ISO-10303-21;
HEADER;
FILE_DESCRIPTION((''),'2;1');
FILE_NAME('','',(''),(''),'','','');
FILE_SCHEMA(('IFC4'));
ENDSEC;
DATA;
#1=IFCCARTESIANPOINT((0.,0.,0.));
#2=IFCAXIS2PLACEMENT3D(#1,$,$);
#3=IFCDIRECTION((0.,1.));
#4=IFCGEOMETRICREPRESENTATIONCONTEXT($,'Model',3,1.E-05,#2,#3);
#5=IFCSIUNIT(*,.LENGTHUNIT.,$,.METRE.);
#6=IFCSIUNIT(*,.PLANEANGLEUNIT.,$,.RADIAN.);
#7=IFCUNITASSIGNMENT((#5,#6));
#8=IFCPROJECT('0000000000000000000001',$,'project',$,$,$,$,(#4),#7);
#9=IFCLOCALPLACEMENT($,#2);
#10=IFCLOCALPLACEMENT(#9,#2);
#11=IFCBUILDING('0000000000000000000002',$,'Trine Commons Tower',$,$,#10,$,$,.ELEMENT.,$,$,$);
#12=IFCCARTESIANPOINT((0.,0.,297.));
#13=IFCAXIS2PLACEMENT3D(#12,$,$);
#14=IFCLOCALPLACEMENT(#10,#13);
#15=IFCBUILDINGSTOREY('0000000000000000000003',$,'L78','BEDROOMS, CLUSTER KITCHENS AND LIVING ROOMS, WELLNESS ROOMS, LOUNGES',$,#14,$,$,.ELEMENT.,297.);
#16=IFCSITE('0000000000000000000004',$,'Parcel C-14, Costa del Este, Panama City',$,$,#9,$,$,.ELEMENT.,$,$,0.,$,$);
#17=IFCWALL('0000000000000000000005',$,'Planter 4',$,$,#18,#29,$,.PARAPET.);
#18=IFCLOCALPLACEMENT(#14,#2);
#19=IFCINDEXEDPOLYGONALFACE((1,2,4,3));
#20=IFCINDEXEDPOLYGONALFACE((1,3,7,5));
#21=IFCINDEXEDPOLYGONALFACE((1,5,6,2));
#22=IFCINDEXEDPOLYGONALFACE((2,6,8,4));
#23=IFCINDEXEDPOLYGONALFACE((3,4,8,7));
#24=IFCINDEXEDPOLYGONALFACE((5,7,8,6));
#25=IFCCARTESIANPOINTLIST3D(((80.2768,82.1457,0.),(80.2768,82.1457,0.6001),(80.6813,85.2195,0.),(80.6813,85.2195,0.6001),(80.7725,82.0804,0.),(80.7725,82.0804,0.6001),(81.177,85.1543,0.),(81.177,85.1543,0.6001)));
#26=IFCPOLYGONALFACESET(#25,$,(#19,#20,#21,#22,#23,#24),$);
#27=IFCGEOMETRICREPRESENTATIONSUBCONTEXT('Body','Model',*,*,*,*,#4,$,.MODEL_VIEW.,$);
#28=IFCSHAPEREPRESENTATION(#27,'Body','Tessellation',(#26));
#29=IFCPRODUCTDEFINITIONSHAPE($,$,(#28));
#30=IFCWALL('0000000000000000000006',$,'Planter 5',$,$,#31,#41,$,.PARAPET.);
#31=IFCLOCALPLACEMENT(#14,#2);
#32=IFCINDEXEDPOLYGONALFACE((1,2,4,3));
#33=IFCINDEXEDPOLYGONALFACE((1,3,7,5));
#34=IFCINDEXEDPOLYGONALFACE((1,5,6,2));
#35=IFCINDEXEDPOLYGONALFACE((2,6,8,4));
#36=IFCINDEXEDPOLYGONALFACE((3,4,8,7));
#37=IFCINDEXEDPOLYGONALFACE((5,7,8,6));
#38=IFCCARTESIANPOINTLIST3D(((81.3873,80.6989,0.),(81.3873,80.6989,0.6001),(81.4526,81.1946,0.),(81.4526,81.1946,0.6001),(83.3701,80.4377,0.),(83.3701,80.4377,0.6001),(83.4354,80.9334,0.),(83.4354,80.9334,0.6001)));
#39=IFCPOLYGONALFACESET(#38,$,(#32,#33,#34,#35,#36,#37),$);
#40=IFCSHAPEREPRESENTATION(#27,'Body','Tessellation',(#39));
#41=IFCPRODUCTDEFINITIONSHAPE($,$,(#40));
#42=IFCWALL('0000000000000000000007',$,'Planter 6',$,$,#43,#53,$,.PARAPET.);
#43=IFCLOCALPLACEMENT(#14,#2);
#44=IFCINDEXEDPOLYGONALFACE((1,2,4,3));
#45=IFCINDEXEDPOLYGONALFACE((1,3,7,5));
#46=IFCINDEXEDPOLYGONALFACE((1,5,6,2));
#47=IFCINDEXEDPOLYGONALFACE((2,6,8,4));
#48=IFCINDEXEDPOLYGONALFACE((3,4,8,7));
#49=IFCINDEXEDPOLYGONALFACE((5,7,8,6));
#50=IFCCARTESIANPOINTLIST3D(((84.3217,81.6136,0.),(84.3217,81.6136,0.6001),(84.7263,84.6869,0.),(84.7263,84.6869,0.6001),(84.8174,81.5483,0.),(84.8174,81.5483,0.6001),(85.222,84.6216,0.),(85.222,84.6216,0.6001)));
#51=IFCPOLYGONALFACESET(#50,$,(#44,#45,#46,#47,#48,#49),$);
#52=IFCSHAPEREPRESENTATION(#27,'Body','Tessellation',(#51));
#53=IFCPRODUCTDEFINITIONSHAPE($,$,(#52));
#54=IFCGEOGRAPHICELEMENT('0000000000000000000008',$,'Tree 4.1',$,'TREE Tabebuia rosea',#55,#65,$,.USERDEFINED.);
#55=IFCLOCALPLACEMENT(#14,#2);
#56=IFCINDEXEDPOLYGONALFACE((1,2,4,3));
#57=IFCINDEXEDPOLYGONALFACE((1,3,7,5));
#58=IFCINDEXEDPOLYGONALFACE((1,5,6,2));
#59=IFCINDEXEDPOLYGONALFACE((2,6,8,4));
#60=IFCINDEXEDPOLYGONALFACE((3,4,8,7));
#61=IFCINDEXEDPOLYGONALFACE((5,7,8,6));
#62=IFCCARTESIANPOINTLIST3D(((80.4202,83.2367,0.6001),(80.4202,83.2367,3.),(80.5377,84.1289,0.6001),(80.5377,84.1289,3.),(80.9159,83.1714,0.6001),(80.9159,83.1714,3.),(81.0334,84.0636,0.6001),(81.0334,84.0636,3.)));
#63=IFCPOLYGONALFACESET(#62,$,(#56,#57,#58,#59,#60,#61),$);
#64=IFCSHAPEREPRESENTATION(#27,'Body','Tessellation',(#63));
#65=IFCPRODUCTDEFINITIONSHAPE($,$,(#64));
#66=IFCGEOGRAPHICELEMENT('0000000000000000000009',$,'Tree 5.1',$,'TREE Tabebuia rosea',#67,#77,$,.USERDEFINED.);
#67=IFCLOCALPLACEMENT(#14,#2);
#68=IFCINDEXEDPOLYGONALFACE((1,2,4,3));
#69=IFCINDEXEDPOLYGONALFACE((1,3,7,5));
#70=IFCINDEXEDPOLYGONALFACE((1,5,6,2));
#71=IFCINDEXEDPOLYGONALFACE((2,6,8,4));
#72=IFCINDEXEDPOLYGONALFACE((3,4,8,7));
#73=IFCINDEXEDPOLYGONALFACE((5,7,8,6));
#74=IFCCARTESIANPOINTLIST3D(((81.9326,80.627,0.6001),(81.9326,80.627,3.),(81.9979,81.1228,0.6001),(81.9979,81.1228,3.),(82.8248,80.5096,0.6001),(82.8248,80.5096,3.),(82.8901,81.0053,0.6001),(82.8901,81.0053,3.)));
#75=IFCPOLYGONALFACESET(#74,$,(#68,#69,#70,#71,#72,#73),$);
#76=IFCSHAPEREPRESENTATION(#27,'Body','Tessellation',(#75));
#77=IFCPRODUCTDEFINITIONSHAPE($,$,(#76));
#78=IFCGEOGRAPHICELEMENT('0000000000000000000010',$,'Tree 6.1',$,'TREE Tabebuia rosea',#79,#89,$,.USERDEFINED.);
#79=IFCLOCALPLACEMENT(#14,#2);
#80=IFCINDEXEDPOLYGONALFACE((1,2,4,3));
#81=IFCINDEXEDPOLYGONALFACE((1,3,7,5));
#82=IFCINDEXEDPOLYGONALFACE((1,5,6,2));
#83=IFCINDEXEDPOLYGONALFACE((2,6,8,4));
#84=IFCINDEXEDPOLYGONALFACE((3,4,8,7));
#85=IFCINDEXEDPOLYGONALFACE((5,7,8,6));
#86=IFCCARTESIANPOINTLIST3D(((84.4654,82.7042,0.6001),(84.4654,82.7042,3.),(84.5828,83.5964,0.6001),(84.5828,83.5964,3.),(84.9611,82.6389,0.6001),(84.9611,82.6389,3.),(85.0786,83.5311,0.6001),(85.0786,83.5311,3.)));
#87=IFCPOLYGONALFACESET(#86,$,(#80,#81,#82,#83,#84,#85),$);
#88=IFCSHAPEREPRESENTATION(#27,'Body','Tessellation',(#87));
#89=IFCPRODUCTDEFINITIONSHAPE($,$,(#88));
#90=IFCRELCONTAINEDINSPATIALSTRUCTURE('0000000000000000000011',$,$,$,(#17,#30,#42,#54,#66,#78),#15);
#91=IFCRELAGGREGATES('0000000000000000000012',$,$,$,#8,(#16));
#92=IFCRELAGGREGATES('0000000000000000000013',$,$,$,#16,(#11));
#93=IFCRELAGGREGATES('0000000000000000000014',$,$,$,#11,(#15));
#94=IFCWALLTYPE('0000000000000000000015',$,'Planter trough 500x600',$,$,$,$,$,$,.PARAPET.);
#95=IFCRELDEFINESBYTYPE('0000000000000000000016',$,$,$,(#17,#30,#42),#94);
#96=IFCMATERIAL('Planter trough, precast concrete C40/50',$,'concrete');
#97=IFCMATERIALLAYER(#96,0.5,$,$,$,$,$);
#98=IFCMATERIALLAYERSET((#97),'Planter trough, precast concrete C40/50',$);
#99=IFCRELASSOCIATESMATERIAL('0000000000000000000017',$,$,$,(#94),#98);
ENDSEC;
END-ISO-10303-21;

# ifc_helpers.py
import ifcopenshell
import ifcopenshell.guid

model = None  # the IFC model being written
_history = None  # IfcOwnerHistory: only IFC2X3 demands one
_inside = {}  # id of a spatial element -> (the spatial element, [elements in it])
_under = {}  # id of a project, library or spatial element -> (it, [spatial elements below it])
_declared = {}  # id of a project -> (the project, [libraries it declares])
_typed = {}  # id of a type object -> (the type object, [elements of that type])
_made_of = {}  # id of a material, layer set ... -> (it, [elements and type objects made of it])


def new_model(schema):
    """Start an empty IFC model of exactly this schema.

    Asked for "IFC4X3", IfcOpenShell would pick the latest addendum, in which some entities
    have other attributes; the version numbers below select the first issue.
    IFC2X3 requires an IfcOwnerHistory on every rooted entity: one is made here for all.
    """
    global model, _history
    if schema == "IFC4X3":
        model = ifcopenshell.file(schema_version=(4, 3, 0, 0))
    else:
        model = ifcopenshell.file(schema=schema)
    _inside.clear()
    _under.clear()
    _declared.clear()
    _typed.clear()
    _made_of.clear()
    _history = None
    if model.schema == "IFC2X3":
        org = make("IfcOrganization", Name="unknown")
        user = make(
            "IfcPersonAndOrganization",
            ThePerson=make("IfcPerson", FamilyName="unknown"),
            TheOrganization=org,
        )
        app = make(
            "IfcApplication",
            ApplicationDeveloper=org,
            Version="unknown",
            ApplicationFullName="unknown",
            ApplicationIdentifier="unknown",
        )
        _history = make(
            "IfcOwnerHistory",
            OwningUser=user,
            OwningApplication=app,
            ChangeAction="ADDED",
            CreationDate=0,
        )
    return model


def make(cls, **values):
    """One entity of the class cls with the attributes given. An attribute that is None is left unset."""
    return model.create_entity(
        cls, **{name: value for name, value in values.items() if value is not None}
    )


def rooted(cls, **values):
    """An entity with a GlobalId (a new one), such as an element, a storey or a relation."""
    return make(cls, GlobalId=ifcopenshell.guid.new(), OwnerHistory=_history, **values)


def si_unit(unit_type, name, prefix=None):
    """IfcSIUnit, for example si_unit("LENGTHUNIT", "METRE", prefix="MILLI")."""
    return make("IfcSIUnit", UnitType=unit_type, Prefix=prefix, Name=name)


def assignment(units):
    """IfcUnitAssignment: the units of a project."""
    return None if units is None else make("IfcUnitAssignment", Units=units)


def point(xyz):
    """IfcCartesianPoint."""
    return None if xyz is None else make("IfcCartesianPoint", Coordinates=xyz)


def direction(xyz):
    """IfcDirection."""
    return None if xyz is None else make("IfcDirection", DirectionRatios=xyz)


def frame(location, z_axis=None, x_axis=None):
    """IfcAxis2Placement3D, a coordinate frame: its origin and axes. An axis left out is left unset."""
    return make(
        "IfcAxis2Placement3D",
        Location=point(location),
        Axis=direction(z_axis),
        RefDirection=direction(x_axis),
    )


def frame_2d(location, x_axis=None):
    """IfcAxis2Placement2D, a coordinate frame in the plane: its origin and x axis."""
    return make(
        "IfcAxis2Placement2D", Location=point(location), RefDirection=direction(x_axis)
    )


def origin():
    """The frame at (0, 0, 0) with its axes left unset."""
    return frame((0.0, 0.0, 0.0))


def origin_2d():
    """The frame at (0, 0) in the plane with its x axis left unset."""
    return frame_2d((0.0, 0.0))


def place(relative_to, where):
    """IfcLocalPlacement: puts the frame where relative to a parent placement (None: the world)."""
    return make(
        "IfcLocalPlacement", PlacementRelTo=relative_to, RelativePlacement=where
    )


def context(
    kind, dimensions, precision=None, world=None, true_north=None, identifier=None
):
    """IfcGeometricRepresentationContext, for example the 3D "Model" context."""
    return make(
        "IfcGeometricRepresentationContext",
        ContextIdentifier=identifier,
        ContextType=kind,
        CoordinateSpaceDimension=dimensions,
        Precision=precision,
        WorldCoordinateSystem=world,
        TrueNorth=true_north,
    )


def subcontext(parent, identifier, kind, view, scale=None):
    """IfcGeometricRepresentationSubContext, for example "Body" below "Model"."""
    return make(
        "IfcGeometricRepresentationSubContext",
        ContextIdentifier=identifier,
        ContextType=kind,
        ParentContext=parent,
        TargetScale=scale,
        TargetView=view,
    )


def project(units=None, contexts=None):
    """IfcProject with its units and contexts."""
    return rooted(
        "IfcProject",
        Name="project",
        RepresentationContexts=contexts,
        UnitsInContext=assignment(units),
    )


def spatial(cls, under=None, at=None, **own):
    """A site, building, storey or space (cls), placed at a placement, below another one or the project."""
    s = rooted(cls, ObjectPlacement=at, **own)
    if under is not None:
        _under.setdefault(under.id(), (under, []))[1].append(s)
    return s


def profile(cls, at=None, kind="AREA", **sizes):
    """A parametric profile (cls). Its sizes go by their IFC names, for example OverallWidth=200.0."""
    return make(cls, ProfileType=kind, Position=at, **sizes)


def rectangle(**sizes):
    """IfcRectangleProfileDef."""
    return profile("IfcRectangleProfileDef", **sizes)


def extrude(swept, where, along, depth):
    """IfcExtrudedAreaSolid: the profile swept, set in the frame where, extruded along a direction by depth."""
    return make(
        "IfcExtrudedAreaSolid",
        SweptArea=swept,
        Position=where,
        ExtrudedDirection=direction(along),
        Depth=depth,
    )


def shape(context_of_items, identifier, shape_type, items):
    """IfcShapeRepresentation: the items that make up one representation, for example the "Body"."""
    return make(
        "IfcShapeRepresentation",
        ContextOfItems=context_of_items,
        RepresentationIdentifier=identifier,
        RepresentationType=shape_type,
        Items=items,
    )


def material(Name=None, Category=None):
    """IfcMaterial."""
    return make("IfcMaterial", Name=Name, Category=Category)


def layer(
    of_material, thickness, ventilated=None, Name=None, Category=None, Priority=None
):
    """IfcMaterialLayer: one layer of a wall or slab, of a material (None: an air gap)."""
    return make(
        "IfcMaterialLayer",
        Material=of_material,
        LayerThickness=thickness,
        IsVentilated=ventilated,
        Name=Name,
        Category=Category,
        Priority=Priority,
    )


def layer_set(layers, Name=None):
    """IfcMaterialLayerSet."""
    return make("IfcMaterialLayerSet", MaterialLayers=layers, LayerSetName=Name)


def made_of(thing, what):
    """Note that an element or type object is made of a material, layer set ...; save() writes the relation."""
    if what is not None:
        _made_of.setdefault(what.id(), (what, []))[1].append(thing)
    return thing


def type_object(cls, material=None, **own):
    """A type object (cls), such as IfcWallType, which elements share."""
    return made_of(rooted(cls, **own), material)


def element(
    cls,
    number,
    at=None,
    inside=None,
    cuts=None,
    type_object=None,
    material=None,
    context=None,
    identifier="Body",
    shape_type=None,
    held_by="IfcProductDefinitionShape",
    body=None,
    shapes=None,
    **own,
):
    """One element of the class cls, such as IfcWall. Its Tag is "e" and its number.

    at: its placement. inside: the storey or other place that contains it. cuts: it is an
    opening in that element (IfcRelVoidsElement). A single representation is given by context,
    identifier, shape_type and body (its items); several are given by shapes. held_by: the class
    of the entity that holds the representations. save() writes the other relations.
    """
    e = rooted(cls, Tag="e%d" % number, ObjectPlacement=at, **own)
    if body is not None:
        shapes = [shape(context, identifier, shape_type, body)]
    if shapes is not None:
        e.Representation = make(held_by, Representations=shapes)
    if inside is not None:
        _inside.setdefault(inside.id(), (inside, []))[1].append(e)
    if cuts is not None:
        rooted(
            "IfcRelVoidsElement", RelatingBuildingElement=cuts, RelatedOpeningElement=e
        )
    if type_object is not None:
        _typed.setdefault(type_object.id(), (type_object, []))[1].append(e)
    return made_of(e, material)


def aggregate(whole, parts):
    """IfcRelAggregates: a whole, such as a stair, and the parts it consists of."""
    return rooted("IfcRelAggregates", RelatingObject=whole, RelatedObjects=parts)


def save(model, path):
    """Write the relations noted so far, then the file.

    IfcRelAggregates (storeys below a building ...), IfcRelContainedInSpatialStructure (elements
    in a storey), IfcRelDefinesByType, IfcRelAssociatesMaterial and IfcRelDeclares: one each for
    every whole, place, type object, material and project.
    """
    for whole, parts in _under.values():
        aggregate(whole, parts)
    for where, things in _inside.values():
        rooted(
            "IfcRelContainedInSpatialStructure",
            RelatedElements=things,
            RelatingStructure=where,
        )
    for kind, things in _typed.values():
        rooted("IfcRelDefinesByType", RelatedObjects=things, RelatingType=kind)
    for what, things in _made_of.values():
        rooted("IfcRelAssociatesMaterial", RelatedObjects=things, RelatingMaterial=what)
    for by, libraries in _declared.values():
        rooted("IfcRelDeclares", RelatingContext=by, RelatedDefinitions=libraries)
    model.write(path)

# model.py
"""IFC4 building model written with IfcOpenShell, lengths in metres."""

from ifc_helpers import new_model, si_unit, direction, frame, frame_2d, origin, origin_2d, place, context, subcontext, project, spatial, rectangle, extrude, material, layer, layer_set, type_object, element, save


model = new_model("IFC4")

# Units and contexts
model_context = context("Model", 3, precision=1e-05, world=origin(), true_north=direction((0.0, 1.0)))
body_context = subcontext(model_context, "Body", "Model", "MODEL_VIEW")
ifc_project = project(units=[si_unit("LENGTHUNIT", "METRE"), si_unit("PLANEANGLEUNIT", "RADIAN")], contexts=[model_context])

# Site, building, storey
site_placement = place(None, origin())
site = spatial("IfcSite", under=ifc_project, at=site_placement, Name="Parcel C-14, Costa del Este, Panama City", CompositionType="ELEMENT", RefElevation=0.0)
building_placement = place(site_placement, origin())
building = spatial("IfcBuilding", under=site, at=building_placement, Name="Trine Commons Tower", CompositionType="ELEMENT")
storey_placement = place(building_placement, frame((0.0, 0.0, 297.0)))
storey = spatial("IfcBuildingStorey", under=building, at=storey_placement, Name="L78", Description="BEDROOMS, CLUSTER KITCHENS AND LIVING ROOMS, WELLNESS ROOMS, LOUNGES", CompositionType="ELEMENT", Elevation=297.0)

# Walls
ifc_material_1 = material(Name="Planter trough, precast concrete C40/50", Category="concrete")
ifc_layer_1 = layer(ifc_material_1, 0.5)
ifc_layer_set_1 = layer_set([ifc_layer_1], Name="Planter trough, precast concrete C40/50")
wall_type_1 = type_object("IfcWallType", Name="Planter trough 500x600", PredefinedType="PARAPET", material=ifc_layer_set_1)
wall_1_placement = place(storey_placement, frame((80.9292, 85.187, 0.0), z_axis=(0.0, 0.0, 1.0), x_axis=(-0.130487, -0.99145, 0.0)))
element("IfcWall", 1, at=wall_1_placement, inside=storey, type_object=wall_type_1, Name="Planter 4", PredefinedType="PARAPET", context=body_context, shape_type="SweptSolid", body=[
    extrude(rectangle(XDim=3.1003, YDim=0.5, at=frame_2d((1.5503, 0.0))), origin(), (0.0, 0.0, 1.0), 0.6001),
])
wall_2_placement = place(storey_placement, frame((81.4199, 80.9468, 0.0), z_axis=(0.0, 0.0, 1.0), x_axis=(0.991434, -0.130612, 0.0)))
element("IfcWall", 2, at=wall_2_placement, inside=storey, type_object=wall_type_1, Name="Planter 5", PredefinedType="PARAPET", context=body_context, shape_type="SweptSolid", body=[
    extrude(rectangle(XDim=2.0, YDim=0.5, at=frame_2d((1.0, 0.0))), origin(), (0.0, 0.0, 1.0), 0.6001),
])
wall_3_placement = place(storey_placement, frame((84.5696, 81.5811, 0.0), z_axis=(0.0, 0.0, 1.0), x_axis=(0.130507, 0.991447, 0.0)))
element("IfcWall", 3, at=wall_3_placement, inside=storey, type_object=wall_type_1, Name="Planter 6", PredefinedType="PARAPET", context=body_context, shape_type="SweptSolid", body=[
    extrude(rectangle(XDim=3.0999, YDim=0.5, at=frame_2d((1.5498, 0.0))), origin(), (0.0, 0.0, 1.0), 0.6001),
])

# Geographic elements
for number, where, z_axis, x_axis, name in (
    (4, (80.7268, 83.6501, 0.6001), (0.0, 0.0, 1.0), (-0.130514, -0.991446, 0.0), "Tree 4.1"),
    (5, (82.4114, 80.8162, 0.6001), (0.0, 0.0, 1.0), (0.991443, -0.130543, 0.0), "Tree 5.1"),
    (6, (84.772, 83.1177, 0.6001), (0.0, 0.0, 1.0), (0.130518, 0.991446, 0.0), "Tree 6.1"),
):
    element("IfcGeographicElement", number, at=place(storey_placement, frame(where, z_axis=z_axis, x_axis=x_axis)), inside=storey, Name=name, ObjectType="TREE Tabebuia rosea", PredefinedType="USERDEFINED", context=body_context, shape_type="SweptSolid", body=[
        extrude(rectangle(XDim=0.8999, YDim=0.5, at=origin_2d()), origin(), (0.0, 0.0, 1.0), 2.3999),
    ])

save(model, "model.ifc")
